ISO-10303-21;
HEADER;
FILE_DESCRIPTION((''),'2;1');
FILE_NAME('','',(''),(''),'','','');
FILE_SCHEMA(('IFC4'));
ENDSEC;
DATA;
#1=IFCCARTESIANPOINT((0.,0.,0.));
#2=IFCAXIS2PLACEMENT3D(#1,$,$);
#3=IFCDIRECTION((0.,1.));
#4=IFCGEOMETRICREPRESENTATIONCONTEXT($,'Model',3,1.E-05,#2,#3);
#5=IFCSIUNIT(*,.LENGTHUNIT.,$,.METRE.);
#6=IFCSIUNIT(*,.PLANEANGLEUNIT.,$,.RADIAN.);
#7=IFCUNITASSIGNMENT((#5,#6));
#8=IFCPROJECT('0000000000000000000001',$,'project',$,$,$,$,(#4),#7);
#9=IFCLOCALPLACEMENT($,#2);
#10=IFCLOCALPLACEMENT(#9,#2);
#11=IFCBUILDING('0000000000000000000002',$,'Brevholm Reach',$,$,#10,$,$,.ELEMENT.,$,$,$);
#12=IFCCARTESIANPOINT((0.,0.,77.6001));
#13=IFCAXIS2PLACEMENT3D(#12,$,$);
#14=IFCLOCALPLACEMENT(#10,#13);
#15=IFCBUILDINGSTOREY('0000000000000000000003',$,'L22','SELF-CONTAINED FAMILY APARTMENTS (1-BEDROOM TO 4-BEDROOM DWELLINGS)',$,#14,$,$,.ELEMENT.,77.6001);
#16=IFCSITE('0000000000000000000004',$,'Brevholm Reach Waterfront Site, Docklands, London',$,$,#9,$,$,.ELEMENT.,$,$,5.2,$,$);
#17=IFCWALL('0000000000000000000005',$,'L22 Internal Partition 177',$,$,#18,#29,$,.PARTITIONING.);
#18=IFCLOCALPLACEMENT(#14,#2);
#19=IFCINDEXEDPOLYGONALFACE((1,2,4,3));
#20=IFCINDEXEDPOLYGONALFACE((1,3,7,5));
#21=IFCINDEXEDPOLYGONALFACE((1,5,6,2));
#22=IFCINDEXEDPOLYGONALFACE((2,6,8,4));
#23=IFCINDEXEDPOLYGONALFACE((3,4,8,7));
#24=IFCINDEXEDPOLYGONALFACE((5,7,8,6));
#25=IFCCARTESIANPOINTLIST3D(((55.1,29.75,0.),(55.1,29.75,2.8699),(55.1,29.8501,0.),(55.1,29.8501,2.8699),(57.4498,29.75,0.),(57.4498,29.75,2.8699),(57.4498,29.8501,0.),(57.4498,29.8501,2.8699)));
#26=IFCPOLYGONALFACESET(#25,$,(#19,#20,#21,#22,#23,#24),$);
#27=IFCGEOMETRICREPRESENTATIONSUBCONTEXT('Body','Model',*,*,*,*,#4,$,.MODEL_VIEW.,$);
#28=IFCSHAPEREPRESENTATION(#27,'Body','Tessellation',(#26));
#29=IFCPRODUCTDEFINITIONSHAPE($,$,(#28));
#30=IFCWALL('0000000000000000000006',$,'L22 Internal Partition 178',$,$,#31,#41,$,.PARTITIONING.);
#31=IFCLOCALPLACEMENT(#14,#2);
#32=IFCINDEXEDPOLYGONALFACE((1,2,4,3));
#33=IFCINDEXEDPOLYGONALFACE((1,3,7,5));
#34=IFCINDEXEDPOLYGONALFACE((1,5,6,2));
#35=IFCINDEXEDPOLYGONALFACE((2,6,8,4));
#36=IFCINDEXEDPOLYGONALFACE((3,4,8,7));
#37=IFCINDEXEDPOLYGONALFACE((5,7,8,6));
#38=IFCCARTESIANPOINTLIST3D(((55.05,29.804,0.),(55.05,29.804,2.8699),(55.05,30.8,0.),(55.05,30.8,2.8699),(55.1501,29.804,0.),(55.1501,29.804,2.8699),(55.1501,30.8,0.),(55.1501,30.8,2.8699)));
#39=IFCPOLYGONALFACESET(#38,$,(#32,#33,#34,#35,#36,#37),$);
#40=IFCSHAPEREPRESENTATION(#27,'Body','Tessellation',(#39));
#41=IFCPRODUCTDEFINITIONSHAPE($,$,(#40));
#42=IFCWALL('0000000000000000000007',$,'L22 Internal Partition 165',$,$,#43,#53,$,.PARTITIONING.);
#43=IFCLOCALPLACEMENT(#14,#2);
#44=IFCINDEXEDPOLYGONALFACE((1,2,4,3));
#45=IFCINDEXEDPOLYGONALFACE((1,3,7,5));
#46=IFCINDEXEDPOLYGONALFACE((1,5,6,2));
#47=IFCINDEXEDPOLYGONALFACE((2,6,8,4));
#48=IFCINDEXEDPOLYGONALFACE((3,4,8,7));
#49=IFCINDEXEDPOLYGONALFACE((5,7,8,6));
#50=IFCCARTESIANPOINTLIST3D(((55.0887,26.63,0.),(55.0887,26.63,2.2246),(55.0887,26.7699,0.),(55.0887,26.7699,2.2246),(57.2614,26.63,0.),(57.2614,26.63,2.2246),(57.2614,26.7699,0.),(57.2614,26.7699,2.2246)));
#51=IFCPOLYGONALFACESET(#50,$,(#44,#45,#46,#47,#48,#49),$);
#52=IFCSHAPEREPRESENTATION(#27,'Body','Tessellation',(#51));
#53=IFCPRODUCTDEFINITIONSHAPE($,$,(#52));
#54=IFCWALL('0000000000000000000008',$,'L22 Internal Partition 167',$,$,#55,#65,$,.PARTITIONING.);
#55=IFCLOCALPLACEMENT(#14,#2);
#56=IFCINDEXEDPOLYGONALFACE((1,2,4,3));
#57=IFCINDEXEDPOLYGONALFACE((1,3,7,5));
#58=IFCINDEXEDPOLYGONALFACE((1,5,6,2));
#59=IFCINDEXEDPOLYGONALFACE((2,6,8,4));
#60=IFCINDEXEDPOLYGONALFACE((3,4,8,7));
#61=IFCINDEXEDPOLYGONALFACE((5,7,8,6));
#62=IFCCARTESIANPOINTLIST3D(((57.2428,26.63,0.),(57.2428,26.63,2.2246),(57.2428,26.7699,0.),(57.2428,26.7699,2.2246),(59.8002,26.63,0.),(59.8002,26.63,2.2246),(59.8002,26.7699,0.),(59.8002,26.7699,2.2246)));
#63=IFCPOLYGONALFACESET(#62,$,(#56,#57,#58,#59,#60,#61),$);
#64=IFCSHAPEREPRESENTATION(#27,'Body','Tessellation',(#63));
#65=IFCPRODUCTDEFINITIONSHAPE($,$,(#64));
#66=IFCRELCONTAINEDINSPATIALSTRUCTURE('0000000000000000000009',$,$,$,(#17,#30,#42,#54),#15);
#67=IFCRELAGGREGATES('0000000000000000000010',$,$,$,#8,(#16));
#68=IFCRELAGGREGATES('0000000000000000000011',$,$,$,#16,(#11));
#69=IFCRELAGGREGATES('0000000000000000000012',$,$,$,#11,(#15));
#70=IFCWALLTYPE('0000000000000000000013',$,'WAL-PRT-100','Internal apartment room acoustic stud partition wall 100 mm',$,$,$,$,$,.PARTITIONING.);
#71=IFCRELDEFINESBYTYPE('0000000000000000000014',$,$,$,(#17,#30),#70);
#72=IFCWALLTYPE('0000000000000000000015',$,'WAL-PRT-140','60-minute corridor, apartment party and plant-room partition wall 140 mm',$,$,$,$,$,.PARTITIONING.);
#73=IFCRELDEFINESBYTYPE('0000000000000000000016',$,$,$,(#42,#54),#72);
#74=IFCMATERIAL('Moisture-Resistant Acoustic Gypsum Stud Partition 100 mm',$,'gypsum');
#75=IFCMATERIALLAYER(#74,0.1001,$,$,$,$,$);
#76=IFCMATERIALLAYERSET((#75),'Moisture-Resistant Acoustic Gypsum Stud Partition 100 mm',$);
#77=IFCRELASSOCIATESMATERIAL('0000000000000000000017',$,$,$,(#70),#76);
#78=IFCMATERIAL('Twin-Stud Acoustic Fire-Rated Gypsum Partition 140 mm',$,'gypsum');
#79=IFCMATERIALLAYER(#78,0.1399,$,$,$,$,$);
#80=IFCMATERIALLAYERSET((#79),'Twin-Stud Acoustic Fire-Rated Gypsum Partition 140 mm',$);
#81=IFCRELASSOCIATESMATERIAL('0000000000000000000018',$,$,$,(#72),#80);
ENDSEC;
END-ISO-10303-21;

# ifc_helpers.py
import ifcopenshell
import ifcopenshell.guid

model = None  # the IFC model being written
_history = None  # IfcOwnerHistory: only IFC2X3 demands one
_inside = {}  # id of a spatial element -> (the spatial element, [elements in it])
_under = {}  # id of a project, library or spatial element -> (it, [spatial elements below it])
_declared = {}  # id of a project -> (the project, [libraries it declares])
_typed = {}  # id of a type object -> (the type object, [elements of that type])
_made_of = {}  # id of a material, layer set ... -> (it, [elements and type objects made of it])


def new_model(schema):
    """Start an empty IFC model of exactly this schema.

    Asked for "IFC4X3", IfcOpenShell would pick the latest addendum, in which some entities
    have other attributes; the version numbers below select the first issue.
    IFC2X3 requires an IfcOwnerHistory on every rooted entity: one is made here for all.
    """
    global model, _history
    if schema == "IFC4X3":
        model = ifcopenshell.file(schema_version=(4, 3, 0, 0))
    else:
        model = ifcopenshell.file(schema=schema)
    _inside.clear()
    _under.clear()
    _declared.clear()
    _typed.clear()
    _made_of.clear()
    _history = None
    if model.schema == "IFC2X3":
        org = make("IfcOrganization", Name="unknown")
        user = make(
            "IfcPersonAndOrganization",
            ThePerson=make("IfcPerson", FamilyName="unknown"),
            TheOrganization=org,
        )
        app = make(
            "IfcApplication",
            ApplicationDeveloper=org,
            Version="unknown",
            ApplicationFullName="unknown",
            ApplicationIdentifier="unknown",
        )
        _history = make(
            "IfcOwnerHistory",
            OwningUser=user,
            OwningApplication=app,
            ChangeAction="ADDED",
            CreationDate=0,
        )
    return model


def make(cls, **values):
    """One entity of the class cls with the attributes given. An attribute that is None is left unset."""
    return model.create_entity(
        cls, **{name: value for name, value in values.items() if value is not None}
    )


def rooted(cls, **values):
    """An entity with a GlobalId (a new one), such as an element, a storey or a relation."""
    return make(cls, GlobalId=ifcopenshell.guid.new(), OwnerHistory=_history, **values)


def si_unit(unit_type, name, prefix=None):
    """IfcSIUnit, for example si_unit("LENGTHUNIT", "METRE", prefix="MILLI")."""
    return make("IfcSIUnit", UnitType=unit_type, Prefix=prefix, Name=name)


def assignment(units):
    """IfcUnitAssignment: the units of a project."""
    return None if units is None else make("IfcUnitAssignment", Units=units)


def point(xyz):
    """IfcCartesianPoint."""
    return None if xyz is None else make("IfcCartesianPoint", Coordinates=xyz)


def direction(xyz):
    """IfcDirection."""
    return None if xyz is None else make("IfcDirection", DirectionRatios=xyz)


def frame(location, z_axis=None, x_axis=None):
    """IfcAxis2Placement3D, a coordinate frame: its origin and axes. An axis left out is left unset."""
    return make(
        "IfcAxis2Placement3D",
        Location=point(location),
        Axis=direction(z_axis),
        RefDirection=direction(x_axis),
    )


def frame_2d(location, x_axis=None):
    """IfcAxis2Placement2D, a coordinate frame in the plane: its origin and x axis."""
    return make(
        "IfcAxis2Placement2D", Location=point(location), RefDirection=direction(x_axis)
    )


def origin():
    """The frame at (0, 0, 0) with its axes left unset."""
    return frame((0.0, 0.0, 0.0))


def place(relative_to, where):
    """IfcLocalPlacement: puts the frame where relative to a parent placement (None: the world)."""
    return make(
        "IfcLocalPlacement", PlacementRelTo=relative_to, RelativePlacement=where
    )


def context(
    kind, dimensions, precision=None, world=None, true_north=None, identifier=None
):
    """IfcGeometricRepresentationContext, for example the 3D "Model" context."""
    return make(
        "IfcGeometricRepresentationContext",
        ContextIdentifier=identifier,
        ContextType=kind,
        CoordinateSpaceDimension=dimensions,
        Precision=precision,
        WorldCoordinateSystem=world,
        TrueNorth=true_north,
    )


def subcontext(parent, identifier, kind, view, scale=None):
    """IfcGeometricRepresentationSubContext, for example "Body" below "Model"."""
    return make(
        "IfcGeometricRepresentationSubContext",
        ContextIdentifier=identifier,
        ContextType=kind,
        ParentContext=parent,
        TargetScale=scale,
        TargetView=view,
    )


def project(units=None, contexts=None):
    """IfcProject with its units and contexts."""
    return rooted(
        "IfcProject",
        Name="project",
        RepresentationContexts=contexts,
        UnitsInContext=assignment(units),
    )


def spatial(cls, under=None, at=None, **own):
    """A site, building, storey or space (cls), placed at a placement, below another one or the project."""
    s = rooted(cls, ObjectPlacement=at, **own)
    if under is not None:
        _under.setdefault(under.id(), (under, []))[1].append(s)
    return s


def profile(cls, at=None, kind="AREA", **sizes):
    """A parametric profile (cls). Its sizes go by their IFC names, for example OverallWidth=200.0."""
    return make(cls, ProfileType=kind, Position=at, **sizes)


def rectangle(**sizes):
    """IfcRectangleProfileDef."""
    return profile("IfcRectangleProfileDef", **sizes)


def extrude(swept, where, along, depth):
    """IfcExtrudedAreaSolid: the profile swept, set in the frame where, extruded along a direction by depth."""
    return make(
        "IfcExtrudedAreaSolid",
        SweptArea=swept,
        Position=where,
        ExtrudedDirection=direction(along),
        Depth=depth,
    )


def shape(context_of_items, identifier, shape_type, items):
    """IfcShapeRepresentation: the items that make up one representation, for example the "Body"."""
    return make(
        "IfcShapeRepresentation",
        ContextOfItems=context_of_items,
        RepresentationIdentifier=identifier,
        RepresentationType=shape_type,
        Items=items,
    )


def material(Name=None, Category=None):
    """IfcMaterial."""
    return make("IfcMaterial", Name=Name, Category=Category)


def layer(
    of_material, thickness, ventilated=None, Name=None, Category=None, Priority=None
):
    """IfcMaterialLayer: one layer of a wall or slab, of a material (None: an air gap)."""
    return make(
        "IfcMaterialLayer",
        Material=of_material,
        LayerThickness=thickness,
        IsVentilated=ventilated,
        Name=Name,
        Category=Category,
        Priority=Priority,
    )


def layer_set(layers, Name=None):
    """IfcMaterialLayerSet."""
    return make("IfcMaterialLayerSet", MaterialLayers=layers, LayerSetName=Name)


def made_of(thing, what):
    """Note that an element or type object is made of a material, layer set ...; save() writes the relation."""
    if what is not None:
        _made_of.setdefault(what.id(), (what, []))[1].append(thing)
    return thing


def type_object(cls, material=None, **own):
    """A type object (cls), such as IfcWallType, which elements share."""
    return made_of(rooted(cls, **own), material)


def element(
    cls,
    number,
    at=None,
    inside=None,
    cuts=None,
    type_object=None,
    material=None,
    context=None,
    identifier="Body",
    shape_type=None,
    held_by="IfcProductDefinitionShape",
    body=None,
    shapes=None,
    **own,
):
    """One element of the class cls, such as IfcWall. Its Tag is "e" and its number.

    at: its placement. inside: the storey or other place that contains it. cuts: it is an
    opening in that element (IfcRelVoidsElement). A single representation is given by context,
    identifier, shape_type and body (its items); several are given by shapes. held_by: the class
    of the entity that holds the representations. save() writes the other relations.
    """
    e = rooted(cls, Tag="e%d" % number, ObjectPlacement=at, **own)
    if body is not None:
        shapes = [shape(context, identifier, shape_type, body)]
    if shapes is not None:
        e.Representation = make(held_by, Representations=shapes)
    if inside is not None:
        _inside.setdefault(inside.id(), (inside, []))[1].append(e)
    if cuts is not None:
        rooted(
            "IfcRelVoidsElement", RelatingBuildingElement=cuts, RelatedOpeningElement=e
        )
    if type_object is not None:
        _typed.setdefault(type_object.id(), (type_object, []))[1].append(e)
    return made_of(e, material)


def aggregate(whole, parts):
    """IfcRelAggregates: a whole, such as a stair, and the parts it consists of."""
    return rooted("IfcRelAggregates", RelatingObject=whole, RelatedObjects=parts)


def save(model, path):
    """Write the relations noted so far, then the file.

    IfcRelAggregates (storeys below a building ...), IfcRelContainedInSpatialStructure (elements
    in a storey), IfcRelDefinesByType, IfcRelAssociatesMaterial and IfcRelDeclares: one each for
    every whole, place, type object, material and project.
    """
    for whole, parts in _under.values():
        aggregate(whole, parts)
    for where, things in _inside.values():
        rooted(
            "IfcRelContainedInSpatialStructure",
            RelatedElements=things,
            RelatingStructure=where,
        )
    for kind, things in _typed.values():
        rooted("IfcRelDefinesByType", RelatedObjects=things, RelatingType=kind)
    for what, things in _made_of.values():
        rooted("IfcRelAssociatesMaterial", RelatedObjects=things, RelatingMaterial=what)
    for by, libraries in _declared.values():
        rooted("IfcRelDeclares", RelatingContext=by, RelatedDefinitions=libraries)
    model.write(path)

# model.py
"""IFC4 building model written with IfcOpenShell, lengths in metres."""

from ifc_helpers import new_model, si_unit, direction, frame, frame_2d, origin, place, context, subcontext, project, spatial, rectangle, extrude, material, layer, layer_set, type_object, element, save


model = new_model("IFC4")

# Units and contexts
model_context = context("Model", 3, precision=1e-05, world=origin(), true_north=direction((0.0, 1.0)))
body_context = subcontext(model_context, "Body", "Model", "MODEL_VIEW")
ifc_project = project(units=[si_unit("LENGTHUNIT", "METRE"), si_unit("PLANEANGLEUNIT", "RADIAN")], contexts=[model_context])

# Site, building, storey
site_placement = place(None, origin())
site = spatial("IfcSite", under=ifc_project, at=site_placement, Name="Brevholm Reach Waterfront Site, Docklands, London", CompositionType="ELEMENT", RefElevation=5.2)
building_placement = place(site_placement, origin())
building = spatial("IfcBuilding", under=site, at=building_placement, Name="Brevholm Reach", CompositionType="ELEMENT")
storey_placement = place(building_placement, frame((0.0, 0.0, 77.6001)))
storey = spatial("IfcBuildingStorey", under=building, at=storey_placement, Name="L22", Description="SELF-CONTAINED FAMILY APARTMENTS (1-BEDROOM TO 4-BEDROOM DWELLINGS)", CompositionType="ELEMENT", Elevation=77.6001)

# Shared definitions
ifc_material_1 = material(Name="Moisture-Resistant Acoustic Gypsum Stud Partition 100 mm", Category="gypsum")
ifc_layer_1 = layer(ifc_material_1, 0.1001)
ifc_layer_set_1 = layer_set([ifc_layer_1], Name="Moisture-Resistant Acoustic Gypsum Stud Partition 100 mm")
wall_type_1 = type_object("IfcWallType", Name="WAL-PRT-100", Description="Internal apartment room acoustic stud partition wall 100 mm", PredefinedType="PARTITIONING", material=ifc_layer_set_1)

# Walls
wall_1_placement = place(storey_placement, frame((55.1001, 29.8, 0.0), z_axis=(0.0, 0.0, 1.0), x_axis=(1.0, 0.0, 0.0)))
element("IfcWall", 1, at=wall_1_placement, inside=storey, type_object=wall_type_1, Name="L22 Internal Partition 177", PredefinedType="PARTITIONING", context=body_context, shape_type="SweptSolid", body=[
    extrude(rectangle(XDim=2.3499, YDim=0.1001, at=frame_2d((1.1748, 0.0))), origin(), (0.0, 0.0, 1.0), 2.8699),
])
wall_2_placement = place(storey_placement, frame((55.1001, 29.804, 0.0), z_axis=(0.0, 0.0, 1.0), x_axis=(0.0, 1.0, 0.0)))
element("IfcWall", 2, at=wall_2_placement, inside=storey, type_object=wall_type_1, Name="L22 Internal Partition 178", PredefinedType="PARTITIONING", context=body_context, shape_type="SweptSolid", body=[
    extrude(rectangle(XDim=0.9961, YDim=0.1001, at=frame_2d((0.498, 0.0))), origin(), (0.0, 0.0, 1.0), 2.8699),
])
ifc_material_2 = material(Name="Twin-Stud Acoustic Fire-Rated Gypsum Partition 140 mm", Category="gypsum")
ifc_layer_2 = layer(ifc_material_2, 0.1399)
ifc_layer_set_2 = layer_set([ifc_layer_2], Name="Twin-Stud Acoustic Fire-Rated Gypsum Partition 140 mm")
wall_type_2 = type_object("IfcWallType", Name="WAL-PRT-140", Description="60-minute corridor, apartment party and plant-room partition wall 140 mm", PredefinedType="PARTITIONING", material=ifc_layer_set_2)
wall_3_placement = place(storey_placement, frame((55.0886, 26.7, 0.0), z_axis=(0.0, 0.0, 1.0), x_axis=(1.0, 0.0, 0.0)))
element("IfcWall", 3, at=wall_3_placement, inside=storey, type_object=wall_type_2, Name="L22 Internal Partition 165", PredefinedType="PARTITIONING", context=body_context, shape_type="SweptSolid", body=[
    extrude(rectangle(XDim=2.1726, YDim=0.1399, at=frame_2d((1.0864, 0.0))), origin(), (0.0, 0.0, 1.0), 2.2246),
])
wall_4_placement = place(storey_placement, frame((57.2427, 26.7, 0.0), z_axis=(0.0, 0.0, 1.0), x_axis=(1.0, 0.0, 0.0)))
element("IfcWall", 4, at=wall_4_placement, inside=storey, type_object=wall_type_2, Name="L22 Internal Partition 167", PredefinedType="PARTITIONING", context=body_context, shape_type="SweptSolid", body=[
    extrude(rectangle(XDim=2.5574, YDim=0.1399, at=frame_2d((1.2788, 0.0))), origin(), (0.0, 0.0, 1.0), 2.2246),
])

save(model, "model.ifc")
